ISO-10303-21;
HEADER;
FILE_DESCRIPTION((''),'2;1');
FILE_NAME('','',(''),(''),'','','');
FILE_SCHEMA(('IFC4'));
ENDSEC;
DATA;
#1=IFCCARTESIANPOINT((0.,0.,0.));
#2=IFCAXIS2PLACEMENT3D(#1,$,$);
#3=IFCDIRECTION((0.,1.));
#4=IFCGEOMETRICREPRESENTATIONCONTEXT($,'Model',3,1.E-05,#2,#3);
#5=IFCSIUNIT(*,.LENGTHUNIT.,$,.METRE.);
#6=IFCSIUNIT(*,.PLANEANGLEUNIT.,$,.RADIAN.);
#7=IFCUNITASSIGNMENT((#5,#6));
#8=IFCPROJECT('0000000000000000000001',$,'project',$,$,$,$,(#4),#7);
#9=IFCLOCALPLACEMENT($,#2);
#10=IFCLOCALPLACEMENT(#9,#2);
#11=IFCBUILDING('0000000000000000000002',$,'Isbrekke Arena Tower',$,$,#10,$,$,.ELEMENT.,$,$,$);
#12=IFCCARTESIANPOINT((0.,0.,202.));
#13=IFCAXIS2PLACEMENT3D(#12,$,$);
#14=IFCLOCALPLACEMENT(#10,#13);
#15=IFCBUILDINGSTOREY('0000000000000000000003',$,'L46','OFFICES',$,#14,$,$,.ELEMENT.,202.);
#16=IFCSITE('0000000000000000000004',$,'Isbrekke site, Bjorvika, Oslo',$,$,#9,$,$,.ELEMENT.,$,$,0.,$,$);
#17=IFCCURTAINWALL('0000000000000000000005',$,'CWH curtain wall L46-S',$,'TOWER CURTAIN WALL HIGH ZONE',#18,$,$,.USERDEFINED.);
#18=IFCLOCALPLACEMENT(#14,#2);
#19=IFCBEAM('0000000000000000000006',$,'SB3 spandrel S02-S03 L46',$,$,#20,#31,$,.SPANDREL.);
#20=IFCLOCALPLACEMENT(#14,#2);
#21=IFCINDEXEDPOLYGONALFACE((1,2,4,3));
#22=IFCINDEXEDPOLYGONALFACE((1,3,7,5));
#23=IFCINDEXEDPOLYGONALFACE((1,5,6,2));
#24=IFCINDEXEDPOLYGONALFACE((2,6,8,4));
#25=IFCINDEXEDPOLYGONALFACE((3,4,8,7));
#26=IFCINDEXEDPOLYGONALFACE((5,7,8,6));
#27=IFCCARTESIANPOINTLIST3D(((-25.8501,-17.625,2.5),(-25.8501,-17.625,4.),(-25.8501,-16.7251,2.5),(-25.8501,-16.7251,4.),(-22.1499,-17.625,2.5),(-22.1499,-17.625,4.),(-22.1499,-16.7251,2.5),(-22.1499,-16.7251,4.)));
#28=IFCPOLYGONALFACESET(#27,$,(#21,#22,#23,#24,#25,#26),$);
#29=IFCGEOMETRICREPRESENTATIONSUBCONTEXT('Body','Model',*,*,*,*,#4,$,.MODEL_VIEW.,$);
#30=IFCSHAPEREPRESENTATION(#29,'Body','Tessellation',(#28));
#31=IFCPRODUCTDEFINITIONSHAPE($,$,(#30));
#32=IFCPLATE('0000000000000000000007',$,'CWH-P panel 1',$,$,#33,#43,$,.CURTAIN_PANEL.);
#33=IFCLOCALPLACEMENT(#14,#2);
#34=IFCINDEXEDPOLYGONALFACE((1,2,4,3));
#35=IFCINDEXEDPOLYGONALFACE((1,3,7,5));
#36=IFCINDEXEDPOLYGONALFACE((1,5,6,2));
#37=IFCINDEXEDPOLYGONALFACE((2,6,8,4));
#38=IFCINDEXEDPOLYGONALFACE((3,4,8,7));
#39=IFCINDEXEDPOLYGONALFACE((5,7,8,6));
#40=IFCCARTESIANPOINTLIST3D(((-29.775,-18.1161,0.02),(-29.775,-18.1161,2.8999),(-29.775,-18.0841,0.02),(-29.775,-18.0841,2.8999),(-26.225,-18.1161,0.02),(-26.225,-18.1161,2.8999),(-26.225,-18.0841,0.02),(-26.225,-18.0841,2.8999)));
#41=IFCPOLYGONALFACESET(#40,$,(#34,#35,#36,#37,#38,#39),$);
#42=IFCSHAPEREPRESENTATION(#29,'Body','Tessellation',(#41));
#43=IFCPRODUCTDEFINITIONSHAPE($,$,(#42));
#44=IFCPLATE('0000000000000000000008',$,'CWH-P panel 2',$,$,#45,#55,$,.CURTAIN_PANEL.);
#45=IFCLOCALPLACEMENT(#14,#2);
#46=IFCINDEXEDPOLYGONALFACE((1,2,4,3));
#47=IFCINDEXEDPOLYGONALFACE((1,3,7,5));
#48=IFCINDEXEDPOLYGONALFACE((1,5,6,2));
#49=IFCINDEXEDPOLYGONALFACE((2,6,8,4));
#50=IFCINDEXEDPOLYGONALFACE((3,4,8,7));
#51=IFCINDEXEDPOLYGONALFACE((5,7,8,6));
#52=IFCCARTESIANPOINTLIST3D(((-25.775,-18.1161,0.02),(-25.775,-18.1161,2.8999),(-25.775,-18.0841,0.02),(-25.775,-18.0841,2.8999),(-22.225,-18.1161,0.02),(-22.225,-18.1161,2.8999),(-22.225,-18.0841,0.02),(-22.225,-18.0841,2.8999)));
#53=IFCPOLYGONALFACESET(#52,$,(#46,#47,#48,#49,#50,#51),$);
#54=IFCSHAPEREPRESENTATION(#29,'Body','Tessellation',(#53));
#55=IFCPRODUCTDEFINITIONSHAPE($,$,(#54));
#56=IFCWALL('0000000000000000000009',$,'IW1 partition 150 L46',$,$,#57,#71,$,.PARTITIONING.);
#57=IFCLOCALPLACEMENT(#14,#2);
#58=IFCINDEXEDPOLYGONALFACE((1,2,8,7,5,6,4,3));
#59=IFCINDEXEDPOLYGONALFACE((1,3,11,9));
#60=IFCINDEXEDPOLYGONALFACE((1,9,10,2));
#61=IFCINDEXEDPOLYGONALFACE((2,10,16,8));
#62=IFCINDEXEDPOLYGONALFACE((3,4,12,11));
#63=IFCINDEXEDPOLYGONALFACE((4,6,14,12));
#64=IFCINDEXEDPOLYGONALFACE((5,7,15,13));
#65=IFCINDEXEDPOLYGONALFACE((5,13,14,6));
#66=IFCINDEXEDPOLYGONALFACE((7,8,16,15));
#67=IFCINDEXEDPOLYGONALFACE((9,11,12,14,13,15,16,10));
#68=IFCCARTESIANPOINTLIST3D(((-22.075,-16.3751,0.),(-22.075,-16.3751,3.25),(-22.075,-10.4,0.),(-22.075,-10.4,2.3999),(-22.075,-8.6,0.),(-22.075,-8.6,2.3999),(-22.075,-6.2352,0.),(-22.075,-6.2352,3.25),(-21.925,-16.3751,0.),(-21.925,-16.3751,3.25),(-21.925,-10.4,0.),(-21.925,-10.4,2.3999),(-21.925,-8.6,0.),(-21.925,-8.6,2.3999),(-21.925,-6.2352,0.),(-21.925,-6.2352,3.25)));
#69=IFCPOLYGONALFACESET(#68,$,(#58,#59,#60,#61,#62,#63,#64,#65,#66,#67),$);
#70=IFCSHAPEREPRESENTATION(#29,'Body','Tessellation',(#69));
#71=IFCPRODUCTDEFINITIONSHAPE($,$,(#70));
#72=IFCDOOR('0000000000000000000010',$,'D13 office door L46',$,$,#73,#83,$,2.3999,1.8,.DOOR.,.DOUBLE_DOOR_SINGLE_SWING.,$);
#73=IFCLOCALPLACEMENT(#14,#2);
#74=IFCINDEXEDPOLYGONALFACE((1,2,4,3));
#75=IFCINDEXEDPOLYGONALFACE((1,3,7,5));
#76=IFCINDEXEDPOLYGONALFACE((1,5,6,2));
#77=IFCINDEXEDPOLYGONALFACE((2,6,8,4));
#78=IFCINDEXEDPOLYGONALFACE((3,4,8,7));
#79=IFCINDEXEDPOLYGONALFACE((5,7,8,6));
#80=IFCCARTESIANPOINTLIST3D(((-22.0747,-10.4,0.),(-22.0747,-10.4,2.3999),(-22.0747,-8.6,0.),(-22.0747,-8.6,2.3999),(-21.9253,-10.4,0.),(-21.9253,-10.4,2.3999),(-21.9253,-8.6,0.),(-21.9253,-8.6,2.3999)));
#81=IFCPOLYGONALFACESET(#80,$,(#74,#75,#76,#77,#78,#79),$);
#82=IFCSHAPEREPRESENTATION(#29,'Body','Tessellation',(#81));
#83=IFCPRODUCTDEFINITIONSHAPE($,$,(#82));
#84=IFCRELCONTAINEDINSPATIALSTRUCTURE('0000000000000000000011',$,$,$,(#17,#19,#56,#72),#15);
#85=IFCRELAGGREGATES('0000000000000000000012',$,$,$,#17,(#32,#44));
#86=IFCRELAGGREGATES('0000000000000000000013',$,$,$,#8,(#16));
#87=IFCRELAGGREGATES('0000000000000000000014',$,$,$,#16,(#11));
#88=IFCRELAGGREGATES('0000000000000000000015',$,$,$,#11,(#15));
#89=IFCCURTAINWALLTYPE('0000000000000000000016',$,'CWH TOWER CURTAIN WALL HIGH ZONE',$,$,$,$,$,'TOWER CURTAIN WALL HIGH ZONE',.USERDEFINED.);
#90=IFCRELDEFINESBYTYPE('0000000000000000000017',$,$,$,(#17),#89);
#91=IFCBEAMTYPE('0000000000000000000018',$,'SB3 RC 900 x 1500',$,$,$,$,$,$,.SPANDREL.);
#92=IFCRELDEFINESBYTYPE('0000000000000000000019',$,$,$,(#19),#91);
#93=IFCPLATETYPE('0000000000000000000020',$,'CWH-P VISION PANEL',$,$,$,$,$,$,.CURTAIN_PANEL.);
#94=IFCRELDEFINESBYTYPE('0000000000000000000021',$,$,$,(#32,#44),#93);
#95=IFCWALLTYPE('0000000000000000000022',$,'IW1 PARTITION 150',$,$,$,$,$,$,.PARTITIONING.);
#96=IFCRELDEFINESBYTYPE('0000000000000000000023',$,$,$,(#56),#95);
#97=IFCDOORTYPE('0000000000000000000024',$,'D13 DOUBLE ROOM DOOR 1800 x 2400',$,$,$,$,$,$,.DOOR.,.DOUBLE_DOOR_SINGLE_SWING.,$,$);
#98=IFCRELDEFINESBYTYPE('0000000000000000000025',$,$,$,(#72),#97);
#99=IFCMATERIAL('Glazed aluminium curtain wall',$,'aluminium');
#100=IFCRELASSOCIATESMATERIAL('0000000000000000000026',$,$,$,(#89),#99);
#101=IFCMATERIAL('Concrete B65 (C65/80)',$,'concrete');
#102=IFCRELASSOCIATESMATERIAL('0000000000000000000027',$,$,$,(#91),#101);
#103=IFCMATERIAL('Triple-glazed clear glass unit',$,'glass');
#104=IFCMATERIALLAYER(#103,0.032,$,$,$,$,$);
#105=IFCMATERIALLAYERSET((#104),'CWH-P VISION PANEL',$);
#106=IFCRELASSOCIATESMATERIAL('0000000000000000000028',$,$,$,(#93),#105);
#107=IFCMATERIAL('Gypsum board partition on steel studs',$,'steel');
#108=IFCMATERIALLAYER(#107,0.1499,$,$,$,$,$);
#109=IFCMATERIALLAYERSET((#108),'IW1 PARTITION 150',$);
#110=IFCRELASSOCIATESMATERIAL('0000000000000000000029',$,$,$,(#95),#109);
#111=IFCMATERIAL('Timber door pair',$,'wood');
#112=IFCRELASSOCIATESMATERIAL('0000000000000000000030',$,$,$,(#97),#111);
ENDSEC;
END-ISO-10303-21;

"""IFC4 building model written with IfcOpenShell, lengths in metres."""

from ifc_helpers import new_model, si_unit, direction, frame, frame_2d, origin, origin_2d, place, context, subcontext, project, spatial, rectangle, extrude, material, layer, layer_set, material_profile, profile_set, type_object, element, fill, aggregate, save


model = new_model("IFC4")

# Units and contexts
model_context = context("Model", 3, precision=1e-05, world=origin(), true_north=direction((0.0, 1.0)))
body_context = subcontext(model_context, "Body", "Model", "MODEL_VIEW")
ifc_project = project(units=[si_unit("LENGTHUNIT", "METRE"), si_unit("PLANEANGLEUNIT", "RADIAN")], contexts=[model_context])

# Site, building, storey
site_placement = place(None, origin())
site = spatial("IfcSite", under=ifc_project, at=site_placement, Name="Isbrekke site, Bjorvika, Oslo", CompositionType="ELEMENT", RefElevation=0.0)
building_placement = place(site_placement, origin())
building = spatial("IfcBuilding", under=site, at=building_placement, Name="Isbrekke Arena Tower", CompositionType="ELEMENT")
storey_placement = place(building_placement, frame((0.0, 0.0, 202.0)))
storey = spatial("IfcBuildingStorey", under=building, at=storey_placement, Name="L46", Description="OFFICES", CompositionType="ELEMENT", Elevation=202.0)

# Curtain wall
ifc_material_1 = material(Name="Glazed aluminium curtain wall", Category="aluminium")
curtain_wall_type = type_object("IfcCurtainWallType", Name="CWH TOWER CURTAIN WALL HIGH ZONE", ElementType="TOWER CURTAIN WALL HIGH ZONE", PredefinedType="USERDEFINED", material=ifc_material_1)
curtain_wall_placement = place(storey_placement, origin())
curtain_wall = element("IfcCurtainWall", 1, at=curtain_wall_placement, inside=storey, type_object=curtain_wall_type, Name="CWH curtain wall L46-S", ObjectType="TOWER CURTAIN WALL HIGH ZONE", PredefinedType="USERDEFINED")

# Beam
ifc_material_2 = material(Name="Concrete B65 (C65/80)", Category="concrete")
ifc_material_profile_1 = material_profile(ifc_material_2, rectangle(XDim=0.8999, YDim=1.5, at=origin_2d()), Name="RC 900x1500")
ifc_profile_set_1 = profile_set([ifc_material_profile_1], Name="Concrete B65 (C65/80)")
beam_type_1 = type_object("IfcBeamType", Name="SB3 RC 900 x 1500", PredefinedType="SPANDREL", material=ifc_profile_set_1)
for number, where, z_axis, x_axis, name in (
    (2, (-25.8501, -17.175, 3.25), (1.0, 0.0, 0.0), (0.0, 1.0, 0.0), "SB3 spandrel S02-S03 L46"),
):
    element("IfcBeam", number, at=place(storey_placement, frame(where, z_axis=z_axis, x_axis=x_axis)), inside=storey, type_object=beam_type_1, Name=name, PredefinedType="SPANDREL", context=body_context, shape_type="SweptSolid", body=[
        extrude(rectangle(XDim=0.8999, YDim=1.5, at=origin_2d()), origin(), (0.0, 0.0, 1.0), 3.7002),
    ])

# Plates
ifc_material_3 = material(Name="Triple-glazed clear glass unit", Category="glass")
ifc_layer_1 = layer(ifc_material_3, 0.032)
ifc_layer_set_1 = layer_set([ifc_layer_1], Name="CWH-P VISION PANEL")
plate_type = type_object("IfcPlateType", Name="CWH-P VISION PANEL", PredefinedType="CURTAIN_PANEL", material=ifc_layer_set_1)
plate_1_placement = place(storey_placement, frame((-28.0, -18.1001, 0.02), z_axis=(0.0, 0.0, 1.0), x_axis=(1.0, 0.0, 0.0)))
plate_1 = element("IfcPlate", 3, at=plate_1_placement, type_object=plate_type, Name="CWH-P panel 1", PredefinedType="CURTAIN_PANEL", context=body_context, shape_type="SweptSolid", body=[
    extrude(rectangle(XDim=3.55, YDim=0.032, at=origin_2d()), origin(), (0.0, 0.0, 1.0), 2.8799),
])
plate_2_placement = place(storey_placement, frame((-24.0, -18.1001, 0.02), z_axis=(0.0, 0.0, 1.0), x_axis=(1.0, 0.0, 0.0)))
plate_2 = element("IfcPlate", 4, at=plate_2_placement, type_object=plate_type, Name="CWH-P panel 2", PredefinedType="CURTAIN_PANEL", context=body_context, shape_type="SweptSolid", body=[
    extrude(rectangle(XDim=3.55, YDim=0.032, at=origin_2d()), origin(), (0.0, 0.0, 1.0), 2.8799),
])
aggregate(curtain_wall, [plate_1, plate_2])

# Shared definitions
ifc_material_4 = material(Name="Gypsum board partition on steel studs", Category="steel")
ifc_layer_2 = layer(ifc_material_4, 0.1499)
ifc_layer_set_2 = layer_set([ifc_layer_2], Name="IW1 PARTITION 150")
wall_type = type_object("IfcWallType", Name="IW1 PARTITION 150", PredefinedType="PARTITIONING", material=ifc_layer_set_2)

# Wall, opening, door
wall_1_placement = place(storey_placement, frame((-22.0, -16.375, 0.0), z_axis=(0.0, 0.0, 1.0), x_axis=(0.0, 1.0, 0.0)))
wall_1 = element("IfcWall", 5, at=wall_1_placement, inside=storey, type_object=wall_type, Name="IW1 partition 150 L46", PredefinedType="PARTITIONING", context=body_context, shape_type="SweptSolid", body=[
    extrude(rectangle(XDim=10.1399, YDim=0.1499, at=frame_2d((5.0698, 0.0))), origin(), (0.0, 0.0, 1.0), 3.25),
])
opening_1_placement = place(wall_1_placement, frame((5.9751, 0.0, 0.0)))
opening_1 = element("IfcOpeningElement", 6, at=opening_1_placement, cuts=wall_1, PredefinedType="OPENING", context=body_context, shape_type="SweptSolid", body=[
    extrude(rectangle(XDim=1.8, YDim=2.3999, at=frame_2d((0.8999, 1.2))), frame((0.0, 0.0898, 0.0), z_axis=(0.0, -1.0, 0.0), x_axis=(1.0, 0.0, 0.0)), (0.0, 0.0, 1.0), 0.1797),
])
ifc_material_5 = material(Name="Timber door pair", Category="wood")
door_type_1 = type_object("IfcDoorType", Name="D13 DOUBLE ROOM DOOR 1800 x 2400", OperationType="DOUBLE_DOOR_SINGLE_SWING", PredefinedType="DOOR", material=ifc_material_5)
door_1_placement = place(opening_1_placement, origin())
door_1 = element("IfcDoor", 7, at=door_1_placement, inside=storey, type_object=door_type_1, Name="D13 office door L46", OperationType="DOUBLE_DOOR_SINGLE_SWING", OverallHeight=2.3999, OverallWidth=1.8, PredefinedType="DOOR", context=body_context, shape_type="SweptSolid", body=[
    extrude(rectangle(XDim=1.8, YDim=2.3999, at=frame_2d((0.8999, 1.2))), frame((0.0, 0.0747, 0.0), z_axis=(0.0, -1.0, 0.0), x_axis=(1.0, 0.0, 0.0)), (0.0, 0.0, 1.0), 0.1494),
])
fill(opening_1, door_1)

save(model, "model.ifc")
